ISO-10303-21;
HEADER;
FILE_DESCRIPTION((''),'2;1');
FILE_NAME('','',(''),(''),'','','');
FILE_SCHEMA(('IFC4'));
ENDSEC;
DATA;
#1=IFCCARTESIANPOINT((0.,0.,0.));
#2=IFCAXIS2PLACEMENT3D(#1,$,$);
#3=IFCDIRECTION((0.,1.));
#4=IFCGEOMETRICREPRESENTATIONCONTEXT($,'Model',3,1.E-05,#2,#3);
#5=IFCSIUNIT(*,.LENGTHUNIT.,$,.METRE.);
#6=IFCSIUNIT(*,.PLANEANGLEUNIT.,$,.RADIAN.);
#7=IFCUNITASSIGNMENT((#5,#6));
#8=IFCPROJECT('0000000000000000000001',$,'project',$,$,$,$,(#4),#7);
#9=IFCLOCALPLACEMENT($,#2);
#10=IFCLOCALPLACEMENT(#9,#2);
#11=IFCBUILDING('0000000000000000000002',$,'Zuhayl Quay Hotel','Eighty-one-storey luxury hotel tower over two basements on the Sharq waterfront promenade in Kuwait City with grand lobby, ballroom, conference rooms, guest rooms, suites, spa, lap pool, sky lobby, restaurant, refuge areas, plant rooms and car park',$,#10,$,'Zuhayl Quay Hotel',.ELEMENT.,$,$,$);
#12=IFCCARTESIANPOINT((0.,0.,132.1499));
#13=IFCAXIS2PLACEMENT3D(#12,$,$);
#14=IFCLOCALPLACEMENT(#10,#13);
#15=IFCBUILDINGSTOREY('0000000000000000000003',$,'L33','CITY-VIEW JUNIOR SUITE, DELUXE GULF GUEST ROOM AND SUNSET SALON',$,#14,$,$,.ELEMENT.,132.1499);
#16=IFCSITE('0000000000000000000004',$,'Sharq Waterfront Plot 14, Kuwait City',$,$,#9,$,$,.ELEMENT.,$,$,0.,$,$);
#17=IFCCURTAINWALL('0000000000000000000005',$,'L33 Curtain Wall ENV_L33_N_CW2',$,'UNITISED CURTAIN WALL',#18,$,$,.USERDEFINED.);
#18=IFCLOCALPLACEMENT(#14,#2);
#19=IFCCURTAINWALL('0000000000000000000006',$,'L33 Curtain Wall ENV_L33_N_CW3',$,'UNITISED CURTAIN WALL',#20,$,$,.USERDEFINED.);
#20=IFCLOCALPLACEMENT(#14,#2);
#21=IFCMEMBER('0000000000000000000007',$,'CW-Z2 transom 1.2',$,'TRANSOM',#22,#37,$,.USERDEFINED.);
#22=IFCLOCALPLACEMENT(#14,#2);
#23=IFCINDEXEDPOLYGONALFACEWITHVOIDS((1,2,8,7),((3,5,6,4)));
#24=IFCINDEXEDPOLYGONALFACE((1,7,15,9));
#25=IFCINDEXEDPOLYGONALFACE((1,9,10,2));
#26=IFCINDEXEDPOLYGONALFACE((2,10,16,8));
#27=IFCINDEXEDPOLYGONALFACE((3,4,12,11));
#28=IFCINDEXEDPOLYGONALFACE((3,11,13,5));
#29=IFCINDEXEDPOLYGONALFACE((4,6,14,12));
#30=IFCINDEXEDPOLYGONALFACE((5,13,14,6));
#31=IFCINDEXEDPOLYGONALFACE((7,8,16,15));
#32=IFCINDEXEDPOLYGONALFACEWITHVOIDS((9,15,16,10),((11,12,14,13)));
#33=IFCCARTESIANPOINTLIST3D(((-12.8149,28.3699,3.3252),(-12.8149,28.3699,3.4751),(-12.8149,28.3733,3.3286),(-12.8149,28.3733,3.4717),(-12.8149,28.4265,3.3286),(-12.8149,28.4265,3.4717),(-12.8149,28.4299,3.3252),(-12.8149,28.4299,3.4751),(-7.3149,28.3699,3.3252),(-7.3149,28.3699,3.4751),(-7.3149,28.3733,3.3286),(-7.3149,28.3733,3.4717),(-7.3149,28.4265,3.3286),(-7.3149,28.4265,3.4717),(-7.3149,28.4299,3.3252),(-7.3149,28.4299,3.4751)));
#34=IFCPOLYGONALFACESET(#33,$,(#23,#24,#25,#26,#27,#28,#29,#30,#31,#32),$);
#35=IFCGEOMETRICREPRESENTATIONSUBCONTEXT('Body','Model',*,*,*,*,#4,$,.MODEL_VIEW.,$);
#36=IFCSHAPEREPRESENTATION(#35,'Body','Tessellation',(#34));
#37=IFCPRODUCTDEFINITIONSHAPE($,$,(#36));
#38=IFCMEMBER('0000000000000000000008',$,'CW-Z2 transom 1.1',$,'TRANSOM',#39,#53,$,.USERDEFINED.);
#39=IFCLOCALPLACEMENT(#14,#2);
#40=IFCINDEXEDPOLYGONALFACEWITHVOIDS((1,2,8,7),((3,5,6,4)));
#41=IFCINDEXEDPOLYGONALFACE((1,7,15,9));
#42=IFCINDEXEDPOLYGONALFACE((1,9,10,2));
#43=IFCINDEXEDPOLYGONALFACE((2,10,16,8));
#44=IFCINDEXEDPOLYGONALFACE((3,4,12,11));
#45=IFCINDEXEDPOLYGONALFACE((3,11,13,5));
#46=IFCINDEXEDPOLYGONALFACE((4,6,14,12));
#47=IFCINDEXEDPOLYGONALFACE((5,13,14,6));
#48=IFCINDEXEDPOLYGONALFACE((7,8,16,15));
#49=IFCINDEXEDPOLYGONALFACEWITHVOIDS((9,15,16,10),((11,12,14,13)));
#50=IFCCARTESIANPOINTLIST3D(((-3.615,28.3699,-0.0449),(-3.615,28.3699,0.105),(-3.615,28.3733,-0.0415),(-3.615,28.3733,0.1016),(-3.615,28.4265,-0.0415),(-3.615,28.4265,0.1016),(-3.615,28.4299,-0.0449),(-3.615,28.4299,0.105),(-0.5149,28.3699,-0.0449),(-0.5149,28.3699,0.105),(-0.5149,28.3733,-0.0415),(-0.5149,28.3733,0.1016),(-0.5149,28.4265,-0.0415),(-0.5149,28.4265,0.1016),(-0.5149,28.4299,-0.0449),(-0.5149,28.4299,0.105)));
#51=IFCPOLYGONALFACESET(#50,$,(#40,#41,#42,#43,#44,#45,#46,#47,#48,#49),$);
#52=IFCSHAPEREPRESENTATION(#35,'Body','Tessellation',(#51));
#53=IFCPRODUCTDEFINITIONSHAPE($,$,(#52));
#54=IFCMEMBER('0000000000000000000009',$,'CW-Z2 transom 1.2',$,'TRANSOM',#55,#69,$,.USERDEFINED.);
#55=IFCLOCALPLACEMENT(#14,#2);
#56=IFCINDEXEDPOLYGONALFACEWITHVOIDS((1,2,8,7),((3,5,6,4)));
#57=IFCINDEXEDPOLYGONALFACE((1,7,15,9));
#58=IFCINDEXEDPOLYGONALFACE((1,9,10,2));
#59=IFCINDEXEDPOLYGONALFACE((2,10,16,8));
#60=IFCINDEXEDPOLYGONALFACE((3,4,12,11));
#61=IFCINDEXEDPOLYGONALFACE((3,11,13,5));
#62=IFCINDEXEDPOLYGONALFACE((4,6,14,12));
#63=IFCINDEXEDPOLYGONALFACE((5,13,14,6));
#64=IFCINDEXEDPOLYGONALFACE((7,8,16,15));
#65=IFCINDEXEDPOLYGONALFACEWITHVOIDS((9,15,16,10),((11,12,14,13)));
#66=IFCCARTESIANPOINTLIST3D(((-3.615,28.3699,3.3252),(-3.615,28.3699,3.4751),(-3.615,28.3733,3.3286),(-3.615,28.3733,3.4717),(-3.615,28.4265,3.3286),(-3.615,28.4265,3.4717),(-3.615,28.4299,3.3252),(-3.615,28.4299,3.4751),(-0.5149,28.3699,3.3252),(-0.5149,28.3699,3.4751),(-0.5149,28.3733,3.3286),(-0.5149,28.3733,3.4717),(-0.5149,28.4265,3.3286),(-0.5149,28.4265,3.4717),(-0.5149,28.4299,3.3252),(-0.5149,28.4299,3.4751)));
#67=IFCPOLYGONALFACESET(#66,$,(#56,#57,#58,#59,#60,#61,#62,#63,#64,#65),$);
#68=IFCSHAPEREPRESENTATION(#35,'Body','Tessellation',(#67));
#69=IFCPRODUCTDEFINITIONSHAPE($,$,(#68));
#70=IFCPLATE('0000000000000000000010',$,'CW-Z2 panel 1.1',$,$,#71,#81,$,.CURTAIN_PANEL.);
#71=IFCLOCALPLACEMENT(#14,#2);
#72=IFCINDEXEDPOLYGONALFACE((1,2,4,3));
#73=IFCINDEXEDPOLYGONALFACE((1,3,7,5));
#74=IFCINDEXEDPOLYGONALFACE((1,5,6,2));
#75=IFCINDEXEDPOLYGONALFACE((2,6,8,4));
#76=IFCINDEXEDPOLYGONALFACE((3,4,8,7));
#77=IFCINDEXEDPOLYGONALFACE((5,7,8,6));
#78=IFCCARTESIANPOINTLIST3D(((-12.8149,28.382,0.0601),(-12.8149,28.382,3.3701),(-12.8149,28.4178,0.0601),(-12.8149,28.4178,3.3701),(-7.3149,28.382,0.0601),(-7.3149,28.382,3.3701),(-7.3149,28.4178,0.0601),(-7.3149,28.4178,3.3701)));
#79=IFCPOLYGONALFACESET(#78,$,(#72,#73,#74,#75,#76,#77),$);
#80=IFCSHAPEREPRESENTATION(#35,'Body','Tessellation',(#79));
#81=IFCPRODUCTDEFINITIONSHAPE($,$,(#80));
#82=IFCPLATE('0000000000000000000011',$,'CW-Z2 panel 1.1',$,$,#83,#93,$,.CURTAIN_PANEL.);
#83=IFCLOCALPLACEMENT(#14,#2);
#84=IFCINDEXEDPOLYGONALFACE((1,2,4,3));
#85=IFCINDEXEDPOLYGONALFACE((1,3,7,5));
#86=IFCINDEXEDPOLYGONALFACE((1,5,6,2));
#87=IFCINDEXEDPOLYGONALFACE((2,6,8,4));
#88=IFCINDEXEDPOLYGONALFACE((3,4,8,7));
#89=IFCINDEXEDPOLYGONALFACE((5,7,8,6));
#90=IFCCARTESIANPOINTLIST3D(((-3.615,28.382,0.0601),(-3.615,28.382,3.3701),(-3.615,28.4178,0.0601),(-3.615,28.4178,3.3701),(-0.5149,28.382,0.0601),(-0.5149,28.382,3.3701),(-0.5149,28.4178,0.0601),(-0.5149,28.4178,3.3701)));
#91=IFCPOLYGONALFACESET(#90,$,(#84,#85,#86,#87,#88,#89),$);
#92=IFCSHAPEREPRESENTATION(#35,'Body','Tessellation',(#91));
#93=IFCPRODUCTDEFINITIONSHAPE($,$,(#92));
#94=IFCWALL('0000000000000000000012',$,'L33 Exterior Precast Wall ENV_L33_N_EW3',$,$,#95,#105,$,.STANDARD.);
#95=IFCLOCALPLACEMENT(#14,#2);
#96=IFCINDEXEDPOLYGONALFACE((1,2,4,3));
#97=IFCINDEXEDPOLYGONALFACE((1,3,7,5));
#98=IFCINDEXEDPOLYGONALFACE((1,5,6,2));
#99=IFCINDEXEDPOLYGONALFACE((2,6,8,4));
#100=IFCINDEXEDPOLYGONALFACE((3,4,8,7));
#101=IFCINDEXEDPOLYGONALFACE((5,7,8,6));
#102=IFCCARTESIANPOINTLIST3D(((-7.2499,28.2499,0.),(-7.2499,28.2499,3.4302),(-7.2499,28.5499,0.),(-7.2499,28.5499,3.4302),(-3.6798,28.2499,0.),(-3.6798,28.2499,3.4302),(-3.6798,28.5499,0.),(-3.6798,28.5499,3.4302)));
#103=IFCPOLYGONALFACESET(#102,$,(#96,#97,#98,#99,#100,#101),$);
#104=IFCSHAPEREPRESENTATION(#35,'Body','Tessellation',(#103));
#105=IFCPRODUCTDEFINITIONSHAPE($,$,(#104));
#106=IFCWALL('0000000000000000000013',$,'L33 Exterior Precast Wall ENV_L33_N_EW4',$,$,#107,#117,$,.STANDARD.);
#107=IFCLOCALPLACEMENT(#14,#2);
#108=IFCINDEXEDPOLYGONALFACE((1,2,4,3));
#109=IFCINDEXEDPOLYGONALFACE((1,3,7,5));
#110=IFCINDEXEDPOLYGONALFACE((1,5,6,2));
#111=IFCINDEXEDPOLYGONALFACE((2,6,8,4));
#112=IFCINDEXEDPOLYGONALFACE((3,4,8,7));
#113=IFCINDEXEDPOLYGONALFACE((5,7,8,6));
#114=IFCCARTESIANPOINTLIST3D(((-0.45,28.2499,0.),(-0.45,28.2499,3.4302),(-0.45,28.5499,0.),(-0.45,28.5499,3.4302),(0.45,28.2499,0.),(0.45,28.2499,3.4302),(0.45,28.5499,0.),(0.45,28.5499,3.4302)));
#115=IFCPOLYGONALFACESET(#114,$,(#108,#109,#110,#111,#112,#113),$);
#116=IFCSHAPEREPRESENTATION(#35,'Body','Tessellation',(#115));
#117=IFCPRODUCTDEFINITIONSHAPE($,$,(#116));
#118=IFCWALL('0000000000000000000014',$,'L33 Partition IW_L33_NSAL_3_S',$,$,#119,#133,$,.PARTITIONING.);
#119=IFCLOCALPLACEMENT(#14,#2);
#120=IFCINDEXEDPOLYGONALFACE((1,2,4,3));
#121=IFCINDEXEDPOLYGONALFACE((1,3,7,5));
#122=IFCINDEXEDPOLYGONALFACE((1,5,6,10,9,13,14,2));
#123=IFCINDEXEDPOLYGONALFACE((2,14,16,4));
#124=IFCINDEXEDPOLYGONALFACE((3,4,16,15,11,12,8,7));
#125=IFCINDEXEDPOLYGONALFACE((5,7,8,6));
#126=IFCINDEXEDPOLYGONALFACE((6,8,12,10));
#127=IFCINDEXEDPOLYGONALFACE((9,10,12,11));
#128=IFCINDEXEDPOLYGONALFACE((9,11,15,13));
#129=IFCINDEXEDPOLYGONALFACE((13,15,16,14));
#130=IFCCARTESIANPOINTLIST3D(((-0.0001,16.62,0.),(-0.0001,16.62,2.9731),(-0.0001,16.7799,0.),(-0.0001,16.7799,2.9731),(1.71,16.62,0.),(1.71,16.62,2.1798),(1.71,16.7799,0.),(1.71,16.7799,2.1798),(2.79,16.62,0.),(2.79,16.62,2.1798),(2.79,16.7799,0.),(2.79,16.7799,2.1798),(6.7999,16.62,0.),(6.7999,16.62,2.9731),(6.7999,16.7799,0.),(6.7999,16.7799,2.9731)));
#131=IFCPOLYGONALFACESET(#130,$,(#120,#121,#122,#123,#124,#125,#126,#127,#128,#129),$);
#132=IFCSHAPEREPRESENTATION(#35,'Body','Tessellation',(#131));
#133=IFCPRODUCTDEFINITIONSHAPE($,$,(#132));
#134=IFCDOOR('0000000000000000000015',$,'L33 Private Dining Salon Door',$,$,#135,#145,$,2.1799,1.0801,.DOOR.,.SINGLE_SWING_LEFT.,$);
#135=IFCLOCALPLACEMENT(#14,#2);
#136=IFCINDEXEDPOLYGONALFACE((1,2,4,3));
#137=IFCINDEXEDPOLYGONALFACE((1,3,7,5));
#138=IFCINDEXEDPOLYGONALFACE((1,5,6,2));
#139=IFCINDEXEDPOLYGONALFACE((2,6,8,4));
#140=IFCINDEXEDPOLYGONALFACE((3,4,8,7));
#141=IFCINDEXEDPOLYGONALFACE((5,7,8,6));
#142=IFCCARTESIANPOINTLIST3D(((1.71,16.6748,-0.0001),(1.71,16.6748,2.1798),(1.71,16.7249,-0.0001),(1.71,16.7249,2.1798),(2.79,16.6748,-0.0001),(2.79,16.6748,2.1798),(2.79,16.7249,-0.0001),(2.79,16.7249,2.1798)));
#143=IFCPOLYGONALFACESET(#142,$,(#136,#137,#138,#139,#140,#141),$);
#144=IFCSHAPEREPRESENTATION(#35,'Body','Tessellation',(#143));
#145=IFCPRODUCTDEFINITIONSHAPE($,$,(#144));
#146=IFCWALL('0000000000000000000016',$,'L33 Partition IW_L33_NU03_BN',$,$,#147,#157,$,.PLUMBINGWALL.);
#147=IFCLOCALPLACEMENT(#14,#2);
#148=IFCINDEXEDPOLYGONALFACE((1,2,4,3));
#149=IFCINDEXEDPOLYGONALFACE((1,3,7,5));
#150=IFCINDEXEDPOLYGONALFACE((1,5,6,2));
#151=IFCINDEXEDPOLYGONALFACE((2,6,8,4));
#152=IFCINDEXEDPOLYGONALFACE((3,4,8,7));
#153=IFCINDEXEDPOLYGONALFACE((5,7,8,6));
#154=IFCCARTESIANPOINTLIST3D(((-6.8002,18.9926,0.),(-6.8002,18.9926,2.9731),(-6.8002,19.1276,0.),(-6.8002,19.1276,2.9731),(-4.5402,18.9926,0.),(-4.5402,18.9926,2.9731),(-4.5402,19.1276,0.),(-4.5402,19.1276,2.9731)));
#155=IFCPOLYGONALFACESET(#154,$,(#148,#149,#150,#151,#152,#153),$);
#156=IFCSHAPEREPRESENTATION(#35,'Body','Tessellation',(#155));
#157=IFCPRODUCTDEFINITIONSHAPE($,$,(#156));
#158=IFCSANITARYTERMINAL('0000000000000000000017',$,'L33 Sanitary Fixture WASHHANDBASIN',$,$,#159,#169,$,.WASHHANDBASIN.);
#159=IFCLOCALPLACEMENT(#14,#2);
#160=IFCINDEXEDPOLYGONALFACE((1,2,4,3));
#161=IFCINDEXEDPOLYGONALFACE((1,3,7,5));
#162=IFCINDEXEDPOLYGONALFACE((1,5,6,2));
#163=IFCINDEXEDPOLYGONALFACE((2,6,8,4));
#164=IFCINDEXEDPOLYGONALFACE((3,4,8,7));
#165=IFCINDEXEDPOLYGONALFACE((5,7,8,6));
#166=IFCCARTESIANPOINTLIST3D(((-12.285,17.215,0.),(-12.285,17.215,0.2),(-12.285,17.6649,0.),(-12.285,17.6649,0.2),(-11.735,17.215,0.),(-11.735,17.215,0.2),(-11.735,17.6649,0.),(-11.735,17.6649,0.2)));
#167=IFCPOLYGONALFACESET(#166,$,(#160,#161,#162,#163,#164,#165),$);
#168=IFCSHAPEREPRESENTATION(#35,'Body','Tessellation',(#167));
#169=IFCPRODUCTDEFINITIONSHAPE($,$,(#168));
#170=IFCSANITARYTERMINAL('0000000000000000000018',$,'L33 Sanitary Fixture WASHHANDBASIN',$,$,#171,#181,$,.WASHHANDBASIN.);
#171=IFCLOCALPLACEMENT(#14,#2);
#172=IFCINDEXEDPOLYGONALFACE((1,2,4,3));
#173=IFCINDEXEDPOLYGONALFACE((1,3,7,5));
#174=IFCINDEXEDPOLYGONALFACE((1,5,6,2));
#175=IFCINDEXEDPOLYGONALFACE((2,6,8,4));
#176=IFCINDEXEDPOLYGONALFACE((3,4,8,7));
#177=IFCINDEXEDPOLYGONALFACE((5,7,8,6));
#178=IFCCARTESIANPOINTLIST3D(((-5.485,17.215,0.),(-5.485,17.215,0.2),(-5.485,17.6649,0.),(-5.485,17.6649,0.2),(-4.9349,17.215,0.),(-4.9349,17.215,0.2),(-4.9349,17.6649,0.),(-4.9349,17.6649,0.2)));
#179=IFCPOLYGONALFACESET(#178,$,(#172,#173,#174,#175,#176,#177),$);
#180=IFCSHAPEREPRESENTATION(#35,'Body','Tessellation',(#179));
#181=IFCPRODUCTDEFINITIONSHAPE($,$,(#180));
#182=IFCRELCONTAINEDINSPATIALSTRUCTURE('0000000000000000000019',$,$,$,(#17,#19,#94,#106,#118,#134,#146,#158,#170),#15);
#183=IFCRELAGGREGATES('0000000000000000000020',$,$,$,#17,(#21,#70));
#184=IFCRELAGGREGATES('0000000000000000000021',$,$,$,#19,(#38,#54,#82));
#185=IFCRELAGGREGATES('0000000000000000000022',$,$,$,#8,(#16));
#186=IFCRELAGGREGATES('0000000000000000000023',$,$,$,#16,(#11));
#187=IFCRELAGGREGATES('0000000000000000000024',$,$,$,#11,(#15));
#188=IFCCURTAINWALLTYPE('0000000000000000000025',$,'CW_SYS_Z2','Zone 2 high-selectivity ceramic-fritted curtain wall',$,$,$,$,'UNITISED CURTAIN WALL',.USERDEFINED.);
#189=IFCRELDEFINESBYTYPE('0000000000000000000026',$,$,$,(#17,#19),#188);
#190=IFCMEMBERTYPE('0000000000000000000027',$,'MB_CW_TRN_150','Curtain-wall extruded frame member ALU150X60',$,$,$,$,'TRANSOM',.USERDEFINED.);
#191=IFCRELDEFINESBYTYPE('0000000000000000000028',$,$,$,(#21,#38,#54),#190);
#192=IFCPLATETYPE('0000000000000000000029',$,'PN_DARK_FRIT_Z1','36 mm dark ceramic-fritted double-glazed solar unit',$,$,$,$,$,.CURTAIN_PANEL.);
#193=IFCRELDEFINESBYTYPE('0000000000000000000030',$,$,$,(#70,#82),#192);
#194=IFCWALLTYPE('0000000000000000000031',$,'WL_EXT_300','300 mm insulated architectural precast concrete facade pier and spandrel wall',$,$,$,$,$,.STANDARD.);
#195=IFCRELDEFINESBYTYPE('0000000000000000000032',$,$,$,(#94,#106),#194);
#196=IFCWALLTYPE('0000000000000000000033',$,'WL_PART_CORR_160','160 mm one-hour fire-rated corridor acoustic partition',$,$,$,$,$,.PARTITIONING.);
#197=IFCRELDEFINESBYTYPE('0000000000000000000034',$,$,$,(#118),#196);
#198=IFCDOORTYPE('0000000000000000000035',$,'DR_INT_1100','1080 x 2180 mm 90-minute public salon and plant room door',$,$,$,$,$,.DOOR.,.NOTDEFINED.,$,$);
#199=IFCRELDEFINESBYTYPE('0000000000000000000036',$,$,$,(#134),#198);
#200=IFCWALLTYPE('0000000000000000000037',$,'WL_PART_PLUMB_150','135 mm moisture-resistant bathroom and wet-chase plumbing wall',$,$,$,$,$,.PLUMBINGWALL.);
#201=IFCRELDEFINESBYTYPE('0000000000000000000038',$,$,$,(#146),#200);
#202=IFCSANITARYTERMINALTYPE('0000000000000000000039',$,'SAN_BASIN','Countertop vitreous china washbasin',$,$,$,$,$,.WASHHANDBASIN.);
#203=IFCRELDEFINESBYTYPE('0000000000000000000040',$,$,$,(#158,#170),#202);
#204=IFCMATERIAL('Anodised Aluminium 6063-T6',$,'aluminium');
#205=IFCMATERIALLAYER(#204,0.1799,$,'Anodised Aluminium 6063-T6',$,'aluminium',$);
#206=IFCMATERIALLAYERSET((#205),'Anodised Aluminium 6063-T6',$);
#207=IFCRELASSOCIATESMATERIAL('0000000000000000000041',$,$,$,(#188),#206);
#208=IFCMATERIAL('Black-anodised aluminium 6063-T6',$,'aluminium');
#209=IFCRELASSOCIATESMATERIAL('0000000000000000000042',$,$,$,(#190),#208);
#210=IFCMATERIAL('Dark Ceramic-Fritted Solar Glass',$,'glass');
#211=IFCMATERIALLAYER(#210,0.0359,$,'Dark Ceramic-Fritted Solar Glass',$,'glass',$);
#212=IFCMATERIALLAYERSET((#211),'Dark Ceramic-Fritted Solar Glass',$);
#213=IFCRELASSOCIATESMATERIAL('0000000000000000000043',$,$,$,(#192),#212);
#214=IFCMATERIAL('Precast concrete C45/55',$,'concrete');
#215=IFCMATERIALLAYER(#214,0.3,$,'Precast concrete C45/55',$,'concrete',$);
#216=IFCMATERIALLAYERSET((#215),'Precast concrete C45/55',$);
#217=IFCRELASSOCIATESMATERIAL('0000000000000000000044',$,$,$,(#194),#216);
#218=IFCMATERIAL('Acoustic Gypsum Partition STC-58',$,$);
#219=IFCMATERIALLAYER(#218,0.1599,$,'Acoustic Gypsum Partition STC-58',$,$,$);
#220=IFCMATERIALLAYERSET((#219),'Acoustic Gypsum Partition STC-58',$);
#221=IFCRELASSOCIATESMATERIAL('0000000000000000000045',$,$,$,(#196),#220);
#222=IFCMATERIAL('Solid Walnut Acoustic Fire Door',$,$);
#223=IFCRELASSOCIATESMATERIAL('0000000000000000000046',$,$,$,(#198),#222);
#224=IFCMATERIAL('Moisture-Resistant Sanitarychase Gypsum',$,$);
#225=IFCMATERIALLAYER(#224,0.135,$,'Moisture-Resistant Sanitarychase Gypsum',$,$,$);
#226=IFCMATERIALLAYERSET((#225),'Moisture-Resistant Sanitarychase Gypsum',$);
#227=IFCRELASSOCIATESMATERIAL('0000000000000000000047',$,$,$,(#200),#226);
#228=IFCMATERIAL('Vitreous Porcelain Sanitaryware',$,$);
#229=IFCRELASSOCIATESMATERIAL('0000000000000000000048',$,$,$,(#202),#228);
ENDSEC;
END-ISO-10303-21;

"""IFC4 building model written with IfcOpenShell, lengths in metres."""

from ifc_helpers import new_model, si_unit, direction, frame, frame_2d, origin, origin_2d, place, context, subcontext, project, spatial, rectangle, hollow_rectangle, extrude, material, layer, layer_set, material_profile, profile_set, type_object, element, fill, aggregate, save


model = new_model("IFC4")

# Units and contexts
model_context = context("Model", 3, precision=1e-05, world=origin(), true_north=direction((0.0, 1.0)))
body_context = subcontext(model_context, "Body", "Model", "MODEL_VIEW")
ifc_project = project(units=[si_unit("LENGTHUNIT", "METRE"), si_unit("PLANEANGLEUNIT", "RADIAN")], contexts=[model_context])

# Site, building, storey
site_placement = place(None, origin())
site = spatial("IfcSite", under=ifc_project, at=site_placement, Name="Sharq Waterfront Plot 14, Kuwait City", CompositionType="ELEMENT", RefElevation=0.0)
building_placement = place(site_placement, origin())
building = spatial("IfcBuilding", under=site, at=building_placement, Name="Zuhayl Quay Hotel", Description="Eighty-one-storey luxury hotel tower over two basements on the Sharq waterfront promenade in Kuwait City with grand lobby, ballroom, conference rooms, guest rooms, suites, spa, lap pool, sky lobby, restaurant, refuge areas, plant rooms and car park", LongName="Zuhayl Quay Hotel", CompositionType="ELEMENT")
storey_placement = place(building_placement, frame((0.0, 0.0, 132.1499)))
storey = spatial("IfcBuildingStorey", under=building, at=storey_placement, Name="L33", Description="CITY-VIEW JUNIOR SUITE, DELUXE GULF GUEST ROOM AND SUNSET SALON", CompositionType="ELEMENT", Elevation=132.1499)

# Curtain walls
ifc_material_1 = material(Name="Anodised Aluminium 6063-T6", Category="aluminium")
ifc_layer_1 = layer(ifc_material_1, 0.1799, Name="Anodised Aluminium 6063-T6", Category="aluminium")
ifc_layer_set_1 = layer_set([ifc_layer_1], Name="Anodised Aluminium 6063-T6")
curtain_wall_type = type_object("IfcCurtainWallType", Name="CW_SYS_Z2", Description="Zone 2 high-selectivity ceramic-fritted curtain wall", ElementType="UNITISED CURTAIN WALL", PredefinedType="USERDEFINED", material=ifc_layer_set_1)
curtain_wall_1_placement = place(storey_placement, origin())
curtain_wall_1 = element("IfcCurtainWall", 1, at=curtain_wall_1_placement, inside=storey, type_object=curtain_wall_type, Name="L33 Curtain Wall ENV_L33_N_CW2", ObjectType="UNITISED CURTAIN WALL", PredefinedType="USERDEFINED")
ifc_material_2 = material(Name="Black-anodised aluminium 6063-T6", Category="aluminium")
curtain_wall_2_placement = place(storey_placement, origin())
curtain_wall_2 = element("IfcCurtainWall", 2, at=curtain_wall_2_placement, inside=storey, type_object=curtain_wall_type, Name="L33 Curtain Wall ENV_L33_N_CW3", ObjectType="UNITISED CURTAIN WALL", PredefinedType="USERDEFINED")

# Members
ifc_material_profile_1 = material_profile(ifc_material_2, hollow_rectangle(XDim=0.0601, YDim=0.1499, WallThickness=0.0034, at=origin_2d()), Name="ALU150X60")
ifc_profile_set_1 = profile_set([ifc_material_profile_1], Name="Black-anodised aluminium 6063-T6")
member_type_1 = type_object("IfcMemberType", Name="MB_CW_TRN_150", Description="Curtain-wall extruded frame member ALU150X60", ElementType="TRANSOM", PredefinedType="USERDEFINED", material=ifc_profile_set_1)
member_1_placement = place(storey_placement, frame((-12.8149, 28.3999, 3.4001), z_axis=(1.0, 0.0, 0.0), x_axis=(0.0, 1.0, 0.0)))
member_1 = element("IfcMember", 3, at=member_1_placement, type_object=member_type_1, Name="CW-Z2 transom 1.2", ObjectType="TRANSOM", PredefinedType="USERDEFINED", context=body_context, shape_type="SweptSolid", body=[
    extrude(hollow_rectangle(XDim=0.0601, YDim=0.1499, WallThickness=0.0034, at=origin_2d()), origin(), (0.0, 0.0, 1.0), 5.5),
])
member_2_placement = place(storey_placement, frame((-3.615, 28.3999, 0.03), z_axis=(1.0, 0.0, 0.0), x_axis=(0.0, 1.0, 0.0)))
member_2 = element("IfcMember", 4, at=member_2_placement, type_object=member_type_1, Name="CW-Z2 transom 1.1", ObjectType="TRANSOM", PredefinedType="USERDEFINED", context=body_context, shape_type="SweptSolid", body=[
    extrude(hollow_rectangle(XDim=0.0601, YDim=0.1499, WallThickness=0.0034, at=origin_2d()), origin(), (0.0, 0.0, 1.0), 3.1001),
])
member_3_placement = place(storey_placement, frame((-3.615, 28.3999, 3.4001), z_axis=(1.0, 0.0, 0.0), x_axis=(0.0, 1.0, 0.0)))
member_3 = element("IfcMember", 5, at=member_3_placement, type_object=member_type_1, Name="CW-Z2 transom 1.2", ObjectType="TRANSOM", PredefinedType="USERDEFINED", context=body_context, shape_type="SweptSolid", body=[
    extrude(hollow_rectangle(XDim=0.0601, YDim=0.1499, WallThickness=0.0034, at=origin_2d()), origin(), (0.0, 0.0, 1.0), 3.1001),
])

# Plates
ifc_material_3 = material(Name="Dark Ceramic-Fritted Solar Glass", Category="glass")
ifc_layer_2 = layer(ifc_material_3, 0.0359, Name="Dark Ceramic-Fritted Solar Glass", Category="glass")
ifc_layer_set_2 = layer_set([ifc_layer_2], Name="Dark Ceramic-Fritted Solar Glass")
plate_type = type_object("IfcPlateType", Name="PN_DARK_FRIT_Z1", Description="36 mm dark ceramic-fritted double-glazed solar unit", PredefinedType="CURTAIN_PANEL", material=ifc_layer_set_2)
plate_1_placement = place(storey_placement, frame((-10.0649, 28.3999, 0.0601), z_axis=(0.0, 0.0, 1.0), x_axis=(1.0, 0.0, 0.0)))
plate_1 = element("IfcPlate", 6, at=plate_1_placement, type_object=plate_type, Name="CW-Z2 panel 1.1", PredefinedType="CURTAIN_PANEL", context=body_context, shape_type="SweptSolid", body=[
    extrude(rectangle(XDim=5.5, YDim=0.0359, at=origin_2d()), origin(), (0.0, 0.0, 1.0), 3.3101),
])
aggregate(curtain_wall_1, [member_1, plate_1])
plate_2_placement = place(storey_placement, frame((-2.0649, 28.3999, 0.0601), z_axis=(0.0, 0.0, 1.0), x_axis=(1.0, 0.0, 0.0)))
plate_2 = element("IfcPlate", 7, at=plate_2_placement, type_object=plate_type, Name="CW-Z2 panel 1.1", PredefinedType="CURTAIN_PANEL", context=body_context, shape_type="SweptSolid", body=[
    extrude(rectangle(XDim=3.1001, YDim=0.0359, at=origin_2d()), origin(), (0.0, 0.0, 1.0), 3.3101),
])
aggregate(curtain_wall_2, [member_2, member_3, plate_2])

# Walls
ifc_material_4 = material(Name="Precast concrete C45/55", Category="concrete")
ifc_layer_3 = layer(ifc_material_4, 0.3, Name="Precast concrete C45/55", Category="concrete")
ifc_layer_set_3 = layer_set([ifc_layer_3], Name="Precast concrete C45/55")
wall_type_1 = type_object("IfcWallType", Name="WL_EXT_300", Description="300 mm insulated architectural precast concrete facade pier and spandrel wall", PredefinedType="STANDARD", material=ifc_layer_set_3)
wall_1_placement = place(storey_placement, frame((-7.25, 28.3999, 0.0), z_axis=(0.0, 0.0, 1.0), x_axis=(1.0, 0.0, 0.0)))
element("IfcWall", 8, at=wall_1_placement, inside=storey, type_object=wall_type_1, Name="L33 Exterior Precast Wall ENV_L33_N_EW3", PredefinedType="STANDARD", context=body_context, shape_type="SweptSolid", body=[
    extrude(rectangle(XDim=3.5701, YDim=0.3, at=frame_2d((1.7852, 0.0))), origin(), (0.0, 0.0, 1.0), 3.4302),
])
wall_2_placement = place(storey_placement, frame((-0.45, 28.3999, 0.0), z_axis=(0.0, 0.0, 1.0), x_axis=(1.0, 0.0, 0.0)))
element("IfcWall", 9, at=wall_2_placement, inside=storey, type_object=wall_type_1, Name="L33 Exterior Precast Wall ENV_L33_N_EW4", PredefinedType="STANDARD", context=body_context, shape_type="SweptSolid", body=[
    extrude(rectangle(XDim=0.8999, YDim=0.3, at=frame_2d((0.45, 0.0))), origin(), (0.0, 0.0, 1.0), 3.4302),
])

# Wall, opening, door
ifc_material_5 = material(Name="Acoustic Gypsum Partition STC-58")
ifc_layer_4 = layer(ifc_material_5, 0.1599, Name="Acoustic Gypsum Partition STC-58")
ifc_layer_set_4 = layer_set([ifc_layer_4], Name="Acoustic Gypsum Partition STC-58")
wall_type_2 = type_object("IfcWallType", Name="WL_PART_CORR_160", Description="160 mm one-hour fire-rated corridor acoustic partition", PredefinedType="PARTITIONING", material=ifc_layer_set_4)
wall_3_placement = place(storey_placement, frame((0.0, 16.7, 0.0), z_axis=(0.0, 0.0, 1.0), x_axis=(1.0, 0.0, 0.0)))
wall_3 = element("IfcWall", 10, at=wall_3_placement, inside=storey, type_object=wall_type_2, Name="L33 Partition IW_L33_NSAL_3_S", PredefinedType="PARTITIONING", context=body_context, shape_type="SweptSolid", body=[
    extrude(rectangle(XDim=6.8, YDim=0.1599, at=frame_2d((3.3999, 0.0))), origin(), (0.0, 0.0, 1.0), 2.9731),
])
opening_placement = place(wall_3_placement, frame((1.71, 0.0, 0.0)))
opening = element("IfcOpeningElement", 11, at=opening_placement, cuts=wall_3, PredefinedType="OPENING", context=body_context, shape_type="SweptSolid", body=[
    extrude(rectangle(XDim=1.0801, YDim=2.1799, at=frame_2d((0.54, 1.0898))), frame((0.0, 0.0898, 0.0), z_axis=(0.0, -1.0, 0.0), x_axis=(1.0, 0.0, 0.0)), (0.0, 0.0, 1.0), 0.1799),
])
ifc_material_6 = material(Name="Solid Walnut Acoustic Fire Door")
door_type = type_object("IfcDoorType", Name="DR_INT_1100", Description="1080 x 2180 mm 90-minute public salon and plant room door", OperationType="NOTDEFINED", PredefinedType="DOOR", material=ifc_material_6)
door_placement = place(opening_placement, origin())
door = element("IfcDoor", 12, at=door_placement, inside=storey, type_object=door_type, Name="L33 Private Dining Salon Door", OperationType="SINGLE_SWING_LEFT", OverallHeight=2.1799, OverallWidth=1.0801, PredefinedType="DOOR", context=body_context, shape_type="SweptSolid", body=[
    extrude(rectangle(XDim=1.0801, YDim=2.1799, at=frame_2d((0.54, 1.0898))), frame((0.0, 0.0249, 0.0), z_axis=(0.0, -1.0, 0.0), x_axis=(1.0, 0.0, 0.0)), (0.0, 0.0, 1.0), 0.05),
])
fill(opening, door)

# Wall
ifc_material_7 = material(Name="Moisture-Resistant Sanitarychase Gypsum")
ifc_layer_5 = layer(ifc_material_7, 0.135, Name="Moisture-Resistant Sanitarychase Gypsum")
ifc_layer_set_5 = layer_set([ifc_layer_5], Name="Moisture-Resistant Sanitarychase Gypsum")
wall_type_3 = type_object("IfcWallType", Name="WL_PART_PLUMB_150", Description="135 mm moisture-resistant bathroom and wet-chase plumbing wall", PredefinedType="PLUMBINGWALL", material=ifc_layer_set_5)
wall_4_placement = place(storey_placement, frame((-6.8, 19.0601, 0.0), z_axis=(0.0, 0.0, 1.0), x_axis=(1.0, 0.0, 0.0)))
element("IfcWall", 13, at=wall_4_placement, inside=storey, type_object=wall_type_3, Name="L33 Partition IW_L33_NU03_BN", PredefinedType="PLUMBINGWALL", context=body_context, shape_type="SweptSolid", body=[
    extrude(rectangle(XDim=2.26, YDim=0.135, at=frame_2d((1.1299, 0.0))), origin(), (0.0, 0.0, 1.0), 2.9731),
])

# Sanitary terminals
ifc_material_8 = material(Name="Vitreous Porcelain Sanitaryware")
sanitary_terminal_type_1 = type_object("IfcSanitaryTerminalType", Name="SAN_BASIN", Description="Countertop vitreous china washbasin", PredefinedType="WASHHANDBASIN", material=ifc_material_8)
for number, where, z_axis, x_axis, name in (
    (14, (-12.01, 17.4399, 0.0), (0.0, 0.0, 1.0), (1.0, 0.0, 0.0), "L33 Sanitary Fixture WASHHANDBASIN"),
    (15, (-5.21, 17.4399, 0.0), (0.0, 0.0, 1.0), (1.0, 0.0, 0.0), "L33 Sanitary Fixture WASHHANDBASIN"),
):
    element("IfcSanitaryTerminal", number, at=place(storey_placement, frame(where, z_axis=z_axis, x_axis=x_axis)), inside=storey, type_object=sanitary_terminal_type_1, Name=name, PredefinedType="WASHHANDBASIN", context=body_context, shape_type="SweptSolid", body=[
        extrude(rectangle(XDim=0.55, YDim=0.45, at=origin_2d()), origin(), (0.0, 0.0, 1.0), 0.2),
    ])

save(model, "model.ifc")
